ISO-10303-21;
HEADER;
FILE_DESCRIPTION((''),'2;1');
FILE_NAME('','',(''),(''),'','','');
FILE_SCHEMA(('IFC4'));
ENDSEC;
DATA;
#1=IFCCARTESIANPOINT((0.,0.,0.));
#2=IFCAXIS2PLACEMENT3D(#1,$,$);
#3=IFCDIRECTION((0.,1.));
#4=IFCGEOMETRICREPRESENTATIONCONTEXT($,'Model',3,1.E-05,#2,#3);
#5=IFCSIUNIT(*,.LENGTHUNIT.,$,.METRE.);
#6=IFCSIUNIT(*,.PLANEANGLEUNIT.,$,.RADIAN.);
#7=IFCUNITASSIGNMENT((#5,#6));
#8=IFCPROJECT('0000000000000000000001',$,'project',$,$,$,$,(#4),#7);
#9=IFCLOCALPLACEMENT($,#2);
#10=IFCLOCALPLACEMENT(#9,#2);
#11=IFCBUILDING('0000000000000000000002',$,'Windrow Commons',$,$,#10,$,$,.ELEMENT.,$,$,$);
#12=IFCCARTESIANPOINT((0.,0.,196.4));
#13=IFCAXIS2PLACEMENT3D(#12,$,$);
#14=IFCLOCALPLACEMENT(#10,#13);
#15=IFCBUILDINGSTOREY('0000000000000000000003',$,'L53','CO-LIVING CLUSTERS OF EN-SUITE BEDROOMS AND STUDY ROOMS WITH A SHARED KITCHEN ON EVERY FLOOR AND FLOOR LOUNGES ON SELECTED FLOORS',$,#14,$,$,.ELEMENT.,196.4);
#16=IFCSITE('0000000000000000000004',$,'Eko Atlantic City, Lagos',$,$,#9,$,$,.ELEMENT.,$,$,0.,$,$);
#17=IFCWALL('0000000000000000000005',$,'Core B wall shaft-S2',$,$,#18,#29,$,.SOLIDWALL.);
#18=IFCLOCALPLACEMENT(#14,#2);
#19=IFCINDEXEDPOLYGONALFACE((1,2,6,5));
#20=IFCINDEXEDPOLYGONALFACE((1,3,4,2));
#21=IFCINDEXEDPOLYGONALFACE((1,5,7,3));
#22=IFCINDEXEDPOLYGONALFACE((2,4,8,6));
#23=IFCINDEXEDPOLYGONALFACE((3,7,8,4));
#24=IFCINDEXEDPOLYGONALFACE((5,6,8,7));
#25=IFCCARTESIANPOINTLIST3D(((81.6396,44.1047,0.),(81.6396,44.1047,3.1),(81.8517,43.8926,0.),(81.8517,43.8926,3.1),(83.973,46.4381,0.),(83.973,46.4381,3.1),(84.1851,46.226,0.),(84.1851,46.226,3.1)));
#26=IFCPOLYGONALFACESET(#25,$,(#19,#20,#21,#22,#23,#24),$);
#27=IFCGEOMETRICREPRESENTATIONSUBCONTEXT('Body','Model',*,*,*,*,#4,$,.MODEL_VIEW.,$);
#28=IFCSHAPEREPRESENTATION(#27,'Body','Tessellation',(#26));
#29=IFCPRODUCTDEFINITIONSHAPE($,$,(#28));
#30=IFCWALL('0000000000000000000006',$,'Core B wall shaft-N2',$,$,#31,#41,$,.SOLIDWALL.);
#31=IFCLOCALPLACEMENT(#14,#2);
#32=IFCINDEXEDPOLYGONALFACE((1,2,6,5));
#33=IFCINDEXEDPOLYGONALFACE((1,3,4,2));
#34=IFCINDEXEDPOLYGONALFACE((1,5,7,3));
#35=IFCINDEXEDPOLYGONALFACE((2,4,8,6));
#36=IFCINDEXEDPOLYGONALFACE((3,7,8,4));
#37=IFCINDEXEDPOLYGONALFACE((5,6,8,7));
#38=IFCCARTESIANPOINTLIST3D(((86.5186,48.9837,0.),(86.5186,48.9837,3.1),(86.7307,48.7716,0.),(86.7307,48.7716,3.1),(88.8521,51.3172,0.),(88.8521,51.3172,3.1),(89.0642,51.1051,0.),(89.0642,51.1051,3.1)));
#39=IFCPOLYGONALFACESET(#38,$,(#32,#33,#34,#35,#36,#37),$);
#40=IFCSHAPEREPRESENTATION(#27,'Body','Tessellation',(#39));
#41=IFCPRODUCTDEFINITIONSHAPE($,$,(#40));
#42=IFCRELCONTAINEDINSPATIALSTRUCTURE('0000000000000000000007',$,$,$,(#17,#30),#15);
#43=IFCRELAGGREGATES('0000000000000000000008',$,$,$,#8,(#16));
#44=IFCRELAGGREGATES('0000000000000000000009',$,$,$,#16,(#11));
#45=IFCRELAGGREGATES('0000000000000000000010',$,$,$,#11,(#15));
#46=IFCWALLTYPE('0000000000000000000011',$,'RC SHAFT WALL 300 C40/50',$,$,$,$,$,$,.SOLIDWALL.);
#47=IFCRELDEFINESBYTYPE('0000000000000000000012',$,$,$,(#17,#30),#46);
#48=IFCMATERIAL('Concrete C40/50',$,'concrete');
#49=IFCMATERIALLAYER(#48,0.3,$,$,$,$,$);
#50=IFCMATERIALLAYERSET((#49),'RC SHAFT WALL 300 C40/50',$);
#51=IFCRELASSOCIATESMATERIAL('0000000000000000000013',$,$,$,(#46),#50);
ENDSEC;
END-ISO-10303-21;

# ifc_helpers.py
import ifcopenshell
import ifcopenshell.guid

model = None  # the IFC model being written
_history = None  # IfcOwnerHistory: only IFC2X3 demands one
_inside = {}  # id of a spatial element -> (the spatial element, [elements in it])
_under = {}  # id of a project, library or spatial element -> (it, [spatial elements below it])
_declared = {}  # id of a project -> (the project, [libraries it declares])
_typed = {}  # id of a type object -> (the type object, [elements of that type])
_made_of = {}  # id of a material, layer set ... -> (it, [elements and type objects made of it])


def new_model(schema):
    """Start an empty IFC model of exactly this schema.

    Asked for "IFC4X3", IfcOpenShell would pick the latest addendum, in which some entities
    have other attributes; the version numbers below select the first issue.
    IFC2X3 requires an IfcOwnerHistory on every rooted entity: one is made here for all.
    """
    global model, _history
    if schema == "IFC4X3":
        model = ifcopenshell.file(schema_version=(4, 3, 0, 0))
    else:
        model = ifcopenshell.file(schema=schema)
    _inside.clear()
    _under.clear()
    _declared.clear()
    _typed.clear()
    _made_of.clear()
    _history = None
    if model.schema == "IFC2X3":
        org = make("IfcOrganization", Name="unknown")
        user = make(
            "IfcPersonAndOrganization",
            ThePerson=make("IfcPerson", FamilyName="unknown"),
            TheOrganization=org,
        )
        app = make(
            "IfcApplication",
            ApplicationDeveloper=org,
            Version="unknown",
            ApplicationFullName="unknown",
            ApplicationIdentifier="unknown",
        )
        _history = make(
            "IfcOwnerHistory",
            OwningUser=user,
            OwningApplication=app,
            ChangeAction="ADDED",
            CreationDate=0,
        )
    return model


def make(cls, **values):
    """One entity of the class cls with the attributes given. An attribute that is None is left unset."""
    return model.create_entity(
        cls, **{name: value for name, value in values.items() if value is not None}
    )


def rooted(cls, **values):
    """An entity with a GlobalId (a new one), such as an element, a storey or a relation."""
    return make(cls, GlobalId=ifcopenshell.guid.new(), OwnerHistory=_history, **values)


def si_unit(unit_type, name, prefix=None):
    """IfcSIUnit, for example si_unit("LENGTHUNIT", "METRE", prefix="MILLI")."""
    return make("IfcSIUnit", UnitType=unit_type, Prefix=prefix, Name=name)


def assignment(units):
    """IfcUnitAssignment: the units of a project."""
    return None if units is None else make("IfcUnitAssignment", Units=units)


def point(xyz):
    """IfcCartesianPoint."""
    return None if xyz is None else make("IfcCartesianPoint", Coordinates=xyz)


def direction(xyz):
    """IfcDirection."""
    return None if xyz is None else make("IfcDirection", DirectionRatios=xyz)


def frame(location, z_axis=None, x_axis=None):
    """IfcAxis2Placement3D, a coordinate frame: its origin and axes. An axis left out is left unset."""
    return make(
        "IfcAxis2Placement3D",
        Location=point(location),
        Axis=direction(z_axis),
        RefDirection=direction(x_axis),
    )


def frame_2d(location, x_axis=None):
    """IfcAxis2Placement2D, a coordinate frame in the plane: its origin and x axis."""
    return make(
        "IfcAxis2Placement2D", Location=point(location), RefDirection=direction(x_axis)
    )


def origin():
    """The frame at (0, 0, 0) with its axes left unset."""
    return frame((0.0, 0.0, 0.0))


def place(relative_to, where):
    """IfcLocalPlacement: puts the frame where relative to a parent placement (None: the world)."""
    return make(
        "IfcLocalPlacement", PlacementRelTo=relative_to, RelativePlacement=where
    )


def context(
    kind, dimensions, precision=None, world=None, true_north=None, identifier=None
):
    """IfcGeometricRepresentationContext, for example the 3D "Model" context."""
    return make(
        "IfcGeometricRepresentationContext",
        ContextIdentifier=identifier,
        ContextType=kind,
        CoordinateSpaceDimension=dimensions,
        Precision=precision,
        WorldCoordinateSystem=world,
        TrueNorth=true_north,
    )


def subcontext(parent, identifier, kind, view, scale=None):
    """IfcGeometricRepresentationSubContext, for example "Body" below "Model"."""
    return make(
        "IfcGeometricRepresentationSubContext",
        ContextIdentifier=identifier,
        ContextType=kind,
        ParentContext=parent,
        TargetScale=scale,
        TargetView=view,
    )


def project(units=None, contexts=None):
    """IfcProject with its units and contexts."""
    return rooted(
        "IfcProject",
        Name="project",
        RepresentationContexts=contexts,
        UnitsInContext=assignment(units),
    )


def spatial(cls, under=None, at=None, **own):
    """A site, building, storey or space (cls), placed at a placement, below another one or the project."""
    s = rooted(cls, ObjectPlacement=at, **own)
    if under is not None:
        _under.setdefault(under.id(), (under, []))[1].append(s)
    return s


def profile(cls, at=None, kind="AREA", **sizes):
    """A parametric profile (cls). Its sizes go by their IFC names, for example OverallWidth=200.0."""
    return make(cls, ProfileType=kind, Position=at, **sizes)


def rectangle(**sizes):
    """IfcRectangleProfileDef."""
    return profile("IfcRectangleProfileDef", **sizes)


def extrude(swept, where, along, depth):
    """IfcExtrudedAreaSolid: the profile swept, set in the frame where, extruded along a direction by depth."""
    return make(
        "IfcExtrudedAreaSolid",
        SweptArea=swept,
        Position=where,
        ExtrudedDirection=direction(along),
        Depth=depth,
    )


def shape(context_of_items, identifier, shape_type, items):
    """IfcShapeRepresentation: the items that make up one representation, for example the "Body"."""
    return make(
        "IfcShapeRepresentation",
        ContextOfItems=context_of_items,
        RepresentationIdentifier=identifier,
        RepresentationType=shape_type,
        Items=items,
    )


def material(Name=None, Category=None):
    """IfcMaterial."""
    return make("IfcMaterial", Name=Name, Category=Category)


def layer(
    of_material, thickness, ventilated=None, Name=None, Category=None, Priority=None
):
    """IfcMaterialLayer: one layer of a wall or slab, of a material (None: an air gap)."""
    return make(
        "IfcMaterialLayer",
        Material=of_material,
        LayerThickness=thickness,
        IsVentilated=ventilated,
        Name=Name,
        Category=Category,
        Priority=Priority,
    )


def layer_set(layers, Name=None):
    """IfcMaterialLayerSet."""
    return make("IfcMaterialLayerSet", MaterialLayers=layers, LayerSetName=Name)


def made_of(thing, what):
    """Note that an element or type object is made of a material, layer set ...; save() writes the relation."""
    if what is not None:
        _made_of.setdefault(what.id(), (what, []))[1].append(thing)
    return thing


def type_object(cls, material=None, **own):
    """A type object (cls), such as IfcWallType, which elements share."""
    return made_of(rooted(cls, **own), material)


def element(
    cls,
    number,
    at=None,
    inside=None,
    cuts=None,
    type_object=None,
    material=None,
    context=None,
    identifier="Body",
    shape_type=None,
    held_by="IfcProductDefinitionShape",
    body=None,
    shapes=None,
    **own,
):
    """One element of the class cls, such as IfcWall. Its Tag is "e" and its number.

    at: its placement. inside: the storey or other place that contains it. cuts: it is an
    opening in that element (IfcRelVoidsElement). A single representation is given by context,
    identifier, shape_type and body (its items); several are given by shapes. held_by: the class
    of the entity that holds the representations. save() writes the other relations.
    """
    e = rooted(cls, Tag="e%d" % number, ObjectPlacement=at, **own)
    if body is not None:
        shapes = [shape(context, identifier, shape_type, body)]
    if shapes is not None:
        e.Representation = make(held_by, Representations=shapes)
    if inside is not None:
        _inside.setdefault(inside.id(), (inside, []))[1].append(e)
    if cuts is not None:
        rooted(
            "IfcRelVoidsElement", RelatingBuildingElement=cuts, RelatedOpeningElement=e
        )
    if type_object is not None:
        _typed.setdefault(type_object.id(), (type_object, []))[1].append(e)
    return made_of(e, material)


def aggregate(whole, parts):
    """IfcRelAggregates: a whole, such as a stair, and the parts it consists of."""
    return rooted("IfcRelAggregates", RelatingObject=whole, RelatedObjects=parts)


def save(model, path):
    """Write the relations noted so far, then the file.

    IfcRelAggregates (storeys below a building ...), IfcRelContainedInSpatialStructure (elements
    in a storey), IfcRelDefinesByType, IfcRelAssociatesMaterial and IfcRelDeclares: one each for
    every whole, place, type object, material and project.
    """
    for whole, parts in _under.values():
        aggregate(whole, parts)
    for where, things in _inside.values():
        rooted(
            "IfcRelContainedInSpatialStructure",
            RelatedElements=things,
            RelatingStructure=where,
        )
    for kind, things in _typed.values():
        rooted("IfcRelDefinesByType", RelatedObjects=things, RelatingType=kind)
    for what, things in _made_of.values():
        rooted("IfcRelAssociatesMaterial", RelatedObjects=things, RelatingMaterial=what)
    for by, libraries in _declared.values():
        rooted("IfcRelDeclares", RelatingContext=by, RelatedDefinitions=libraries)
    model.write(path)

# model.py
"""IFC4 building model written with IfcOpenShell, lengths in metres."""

from ifc_helpers import new_model, si_unit, direction, frame, frame_2d, origin, place, context, subcontext, project, spatial, rectangle, extrude, material, layer, layer_set, type_object, element, save


model = new_model("IFC4")

# Units and contexts
model_context = context("Model", 3, precision=1e-05, world=origin(), true_north=direction((0.0, 1.0)))
body_context = subcontext(model_context, "Body", "Model", "MODEL_VIEW")
ifc_project = project(units=[si_unit("LENGTHUNIT", "METRE"), si_unit("PLANEANGLEUNIT", "RADIAN")], contexts=[model_context])

# Site, building, storey
site_placement = place(None, origin())
site = spatial("IfcSite", under=ifc_project, at=site_placement, Name="Eko Atlantic City, Lagos", CompositionType="ELEMENT", RefElevation=0.0)
building_placement = place(site_placement, origin())
building = spatial("IfcBuilding", under=site, at=building_placement, Name="Windrow Commons", CompositionType="ELEMENT")
storey_placement = place(building_placement, frame((0.0, 0.0, 196.4)))
storey = spatial("IfcBuildingStorey", under=building, at=storey_placement, Name="L53", Description="CO-LIVING CLUSTERS OF EN-SUITE BEDROOMS AND STUDY ROOMS WITH A SHARED KITCHEN ON EVERY FLOOR AND FLOOR LOUNGES ON SELECTED FLOORS", CompositionType="ELEMENT", Elevation=196.4)

# Walls
ifc_material_1 = material(Name="Concrete C40/50", Category="concrete")
ifc_layer_1 = layer(ifc_material_1, 0.3)
ifc_layer_set_1 = layer_set([ifc_layer_1], Name="RC SHAFT WALL 300 C40/50")
wall_type_1 = type_object("IfcWallType", Name="RC SHAFT WALL 300 C40/50", PredefinedType="SOLIDWALL", material=ifc_layer_set_1)
wall_1_placement = place(storey_placement, frame((81.7456, 43.9986, 0.0), z_axis=(0.0, 0.0, 1.0), x_axis=(0.707107, 0.707107, 0.0)))
element("IfcWall", 1, at=wall_1_placement, inside=storey, type_object=wall_type_1, Name="Core B wall shaft-S2", PredefinedType="SOLIDWALL", context=body_context, shape_type="SweptSolid", body=[
    extrude(rectangle(XDim=3.2999, YDim=0.3, at=frame_2d((1.65, 0.0))), origin(), (0.0, 0.0, 1.0), 3.1),
])
wall_2_placement = place(storey_placement, frame((86.6246, 48.8776, 0.0), z_axis=(0.0, 0.0, 1.0), x_axis=(0.707107, 0.707107, 0.0)))
element("IfcWall", 2, at=wall_2_placement, inside=storey, type_object=wall_type_1, Name="Core B wall shaft-N2", PredefinedType="SOLIDWALL", context=body_context, shape_type="SweptSolid", body=[
    extrude(rectangle(XDim=3.3001, YDim=0.3, at=frame_2d((1.6501, 0.0))), origin(), (0.0, 0.0, 1.0), 3.1),
])

save(model, "model.ifc")
